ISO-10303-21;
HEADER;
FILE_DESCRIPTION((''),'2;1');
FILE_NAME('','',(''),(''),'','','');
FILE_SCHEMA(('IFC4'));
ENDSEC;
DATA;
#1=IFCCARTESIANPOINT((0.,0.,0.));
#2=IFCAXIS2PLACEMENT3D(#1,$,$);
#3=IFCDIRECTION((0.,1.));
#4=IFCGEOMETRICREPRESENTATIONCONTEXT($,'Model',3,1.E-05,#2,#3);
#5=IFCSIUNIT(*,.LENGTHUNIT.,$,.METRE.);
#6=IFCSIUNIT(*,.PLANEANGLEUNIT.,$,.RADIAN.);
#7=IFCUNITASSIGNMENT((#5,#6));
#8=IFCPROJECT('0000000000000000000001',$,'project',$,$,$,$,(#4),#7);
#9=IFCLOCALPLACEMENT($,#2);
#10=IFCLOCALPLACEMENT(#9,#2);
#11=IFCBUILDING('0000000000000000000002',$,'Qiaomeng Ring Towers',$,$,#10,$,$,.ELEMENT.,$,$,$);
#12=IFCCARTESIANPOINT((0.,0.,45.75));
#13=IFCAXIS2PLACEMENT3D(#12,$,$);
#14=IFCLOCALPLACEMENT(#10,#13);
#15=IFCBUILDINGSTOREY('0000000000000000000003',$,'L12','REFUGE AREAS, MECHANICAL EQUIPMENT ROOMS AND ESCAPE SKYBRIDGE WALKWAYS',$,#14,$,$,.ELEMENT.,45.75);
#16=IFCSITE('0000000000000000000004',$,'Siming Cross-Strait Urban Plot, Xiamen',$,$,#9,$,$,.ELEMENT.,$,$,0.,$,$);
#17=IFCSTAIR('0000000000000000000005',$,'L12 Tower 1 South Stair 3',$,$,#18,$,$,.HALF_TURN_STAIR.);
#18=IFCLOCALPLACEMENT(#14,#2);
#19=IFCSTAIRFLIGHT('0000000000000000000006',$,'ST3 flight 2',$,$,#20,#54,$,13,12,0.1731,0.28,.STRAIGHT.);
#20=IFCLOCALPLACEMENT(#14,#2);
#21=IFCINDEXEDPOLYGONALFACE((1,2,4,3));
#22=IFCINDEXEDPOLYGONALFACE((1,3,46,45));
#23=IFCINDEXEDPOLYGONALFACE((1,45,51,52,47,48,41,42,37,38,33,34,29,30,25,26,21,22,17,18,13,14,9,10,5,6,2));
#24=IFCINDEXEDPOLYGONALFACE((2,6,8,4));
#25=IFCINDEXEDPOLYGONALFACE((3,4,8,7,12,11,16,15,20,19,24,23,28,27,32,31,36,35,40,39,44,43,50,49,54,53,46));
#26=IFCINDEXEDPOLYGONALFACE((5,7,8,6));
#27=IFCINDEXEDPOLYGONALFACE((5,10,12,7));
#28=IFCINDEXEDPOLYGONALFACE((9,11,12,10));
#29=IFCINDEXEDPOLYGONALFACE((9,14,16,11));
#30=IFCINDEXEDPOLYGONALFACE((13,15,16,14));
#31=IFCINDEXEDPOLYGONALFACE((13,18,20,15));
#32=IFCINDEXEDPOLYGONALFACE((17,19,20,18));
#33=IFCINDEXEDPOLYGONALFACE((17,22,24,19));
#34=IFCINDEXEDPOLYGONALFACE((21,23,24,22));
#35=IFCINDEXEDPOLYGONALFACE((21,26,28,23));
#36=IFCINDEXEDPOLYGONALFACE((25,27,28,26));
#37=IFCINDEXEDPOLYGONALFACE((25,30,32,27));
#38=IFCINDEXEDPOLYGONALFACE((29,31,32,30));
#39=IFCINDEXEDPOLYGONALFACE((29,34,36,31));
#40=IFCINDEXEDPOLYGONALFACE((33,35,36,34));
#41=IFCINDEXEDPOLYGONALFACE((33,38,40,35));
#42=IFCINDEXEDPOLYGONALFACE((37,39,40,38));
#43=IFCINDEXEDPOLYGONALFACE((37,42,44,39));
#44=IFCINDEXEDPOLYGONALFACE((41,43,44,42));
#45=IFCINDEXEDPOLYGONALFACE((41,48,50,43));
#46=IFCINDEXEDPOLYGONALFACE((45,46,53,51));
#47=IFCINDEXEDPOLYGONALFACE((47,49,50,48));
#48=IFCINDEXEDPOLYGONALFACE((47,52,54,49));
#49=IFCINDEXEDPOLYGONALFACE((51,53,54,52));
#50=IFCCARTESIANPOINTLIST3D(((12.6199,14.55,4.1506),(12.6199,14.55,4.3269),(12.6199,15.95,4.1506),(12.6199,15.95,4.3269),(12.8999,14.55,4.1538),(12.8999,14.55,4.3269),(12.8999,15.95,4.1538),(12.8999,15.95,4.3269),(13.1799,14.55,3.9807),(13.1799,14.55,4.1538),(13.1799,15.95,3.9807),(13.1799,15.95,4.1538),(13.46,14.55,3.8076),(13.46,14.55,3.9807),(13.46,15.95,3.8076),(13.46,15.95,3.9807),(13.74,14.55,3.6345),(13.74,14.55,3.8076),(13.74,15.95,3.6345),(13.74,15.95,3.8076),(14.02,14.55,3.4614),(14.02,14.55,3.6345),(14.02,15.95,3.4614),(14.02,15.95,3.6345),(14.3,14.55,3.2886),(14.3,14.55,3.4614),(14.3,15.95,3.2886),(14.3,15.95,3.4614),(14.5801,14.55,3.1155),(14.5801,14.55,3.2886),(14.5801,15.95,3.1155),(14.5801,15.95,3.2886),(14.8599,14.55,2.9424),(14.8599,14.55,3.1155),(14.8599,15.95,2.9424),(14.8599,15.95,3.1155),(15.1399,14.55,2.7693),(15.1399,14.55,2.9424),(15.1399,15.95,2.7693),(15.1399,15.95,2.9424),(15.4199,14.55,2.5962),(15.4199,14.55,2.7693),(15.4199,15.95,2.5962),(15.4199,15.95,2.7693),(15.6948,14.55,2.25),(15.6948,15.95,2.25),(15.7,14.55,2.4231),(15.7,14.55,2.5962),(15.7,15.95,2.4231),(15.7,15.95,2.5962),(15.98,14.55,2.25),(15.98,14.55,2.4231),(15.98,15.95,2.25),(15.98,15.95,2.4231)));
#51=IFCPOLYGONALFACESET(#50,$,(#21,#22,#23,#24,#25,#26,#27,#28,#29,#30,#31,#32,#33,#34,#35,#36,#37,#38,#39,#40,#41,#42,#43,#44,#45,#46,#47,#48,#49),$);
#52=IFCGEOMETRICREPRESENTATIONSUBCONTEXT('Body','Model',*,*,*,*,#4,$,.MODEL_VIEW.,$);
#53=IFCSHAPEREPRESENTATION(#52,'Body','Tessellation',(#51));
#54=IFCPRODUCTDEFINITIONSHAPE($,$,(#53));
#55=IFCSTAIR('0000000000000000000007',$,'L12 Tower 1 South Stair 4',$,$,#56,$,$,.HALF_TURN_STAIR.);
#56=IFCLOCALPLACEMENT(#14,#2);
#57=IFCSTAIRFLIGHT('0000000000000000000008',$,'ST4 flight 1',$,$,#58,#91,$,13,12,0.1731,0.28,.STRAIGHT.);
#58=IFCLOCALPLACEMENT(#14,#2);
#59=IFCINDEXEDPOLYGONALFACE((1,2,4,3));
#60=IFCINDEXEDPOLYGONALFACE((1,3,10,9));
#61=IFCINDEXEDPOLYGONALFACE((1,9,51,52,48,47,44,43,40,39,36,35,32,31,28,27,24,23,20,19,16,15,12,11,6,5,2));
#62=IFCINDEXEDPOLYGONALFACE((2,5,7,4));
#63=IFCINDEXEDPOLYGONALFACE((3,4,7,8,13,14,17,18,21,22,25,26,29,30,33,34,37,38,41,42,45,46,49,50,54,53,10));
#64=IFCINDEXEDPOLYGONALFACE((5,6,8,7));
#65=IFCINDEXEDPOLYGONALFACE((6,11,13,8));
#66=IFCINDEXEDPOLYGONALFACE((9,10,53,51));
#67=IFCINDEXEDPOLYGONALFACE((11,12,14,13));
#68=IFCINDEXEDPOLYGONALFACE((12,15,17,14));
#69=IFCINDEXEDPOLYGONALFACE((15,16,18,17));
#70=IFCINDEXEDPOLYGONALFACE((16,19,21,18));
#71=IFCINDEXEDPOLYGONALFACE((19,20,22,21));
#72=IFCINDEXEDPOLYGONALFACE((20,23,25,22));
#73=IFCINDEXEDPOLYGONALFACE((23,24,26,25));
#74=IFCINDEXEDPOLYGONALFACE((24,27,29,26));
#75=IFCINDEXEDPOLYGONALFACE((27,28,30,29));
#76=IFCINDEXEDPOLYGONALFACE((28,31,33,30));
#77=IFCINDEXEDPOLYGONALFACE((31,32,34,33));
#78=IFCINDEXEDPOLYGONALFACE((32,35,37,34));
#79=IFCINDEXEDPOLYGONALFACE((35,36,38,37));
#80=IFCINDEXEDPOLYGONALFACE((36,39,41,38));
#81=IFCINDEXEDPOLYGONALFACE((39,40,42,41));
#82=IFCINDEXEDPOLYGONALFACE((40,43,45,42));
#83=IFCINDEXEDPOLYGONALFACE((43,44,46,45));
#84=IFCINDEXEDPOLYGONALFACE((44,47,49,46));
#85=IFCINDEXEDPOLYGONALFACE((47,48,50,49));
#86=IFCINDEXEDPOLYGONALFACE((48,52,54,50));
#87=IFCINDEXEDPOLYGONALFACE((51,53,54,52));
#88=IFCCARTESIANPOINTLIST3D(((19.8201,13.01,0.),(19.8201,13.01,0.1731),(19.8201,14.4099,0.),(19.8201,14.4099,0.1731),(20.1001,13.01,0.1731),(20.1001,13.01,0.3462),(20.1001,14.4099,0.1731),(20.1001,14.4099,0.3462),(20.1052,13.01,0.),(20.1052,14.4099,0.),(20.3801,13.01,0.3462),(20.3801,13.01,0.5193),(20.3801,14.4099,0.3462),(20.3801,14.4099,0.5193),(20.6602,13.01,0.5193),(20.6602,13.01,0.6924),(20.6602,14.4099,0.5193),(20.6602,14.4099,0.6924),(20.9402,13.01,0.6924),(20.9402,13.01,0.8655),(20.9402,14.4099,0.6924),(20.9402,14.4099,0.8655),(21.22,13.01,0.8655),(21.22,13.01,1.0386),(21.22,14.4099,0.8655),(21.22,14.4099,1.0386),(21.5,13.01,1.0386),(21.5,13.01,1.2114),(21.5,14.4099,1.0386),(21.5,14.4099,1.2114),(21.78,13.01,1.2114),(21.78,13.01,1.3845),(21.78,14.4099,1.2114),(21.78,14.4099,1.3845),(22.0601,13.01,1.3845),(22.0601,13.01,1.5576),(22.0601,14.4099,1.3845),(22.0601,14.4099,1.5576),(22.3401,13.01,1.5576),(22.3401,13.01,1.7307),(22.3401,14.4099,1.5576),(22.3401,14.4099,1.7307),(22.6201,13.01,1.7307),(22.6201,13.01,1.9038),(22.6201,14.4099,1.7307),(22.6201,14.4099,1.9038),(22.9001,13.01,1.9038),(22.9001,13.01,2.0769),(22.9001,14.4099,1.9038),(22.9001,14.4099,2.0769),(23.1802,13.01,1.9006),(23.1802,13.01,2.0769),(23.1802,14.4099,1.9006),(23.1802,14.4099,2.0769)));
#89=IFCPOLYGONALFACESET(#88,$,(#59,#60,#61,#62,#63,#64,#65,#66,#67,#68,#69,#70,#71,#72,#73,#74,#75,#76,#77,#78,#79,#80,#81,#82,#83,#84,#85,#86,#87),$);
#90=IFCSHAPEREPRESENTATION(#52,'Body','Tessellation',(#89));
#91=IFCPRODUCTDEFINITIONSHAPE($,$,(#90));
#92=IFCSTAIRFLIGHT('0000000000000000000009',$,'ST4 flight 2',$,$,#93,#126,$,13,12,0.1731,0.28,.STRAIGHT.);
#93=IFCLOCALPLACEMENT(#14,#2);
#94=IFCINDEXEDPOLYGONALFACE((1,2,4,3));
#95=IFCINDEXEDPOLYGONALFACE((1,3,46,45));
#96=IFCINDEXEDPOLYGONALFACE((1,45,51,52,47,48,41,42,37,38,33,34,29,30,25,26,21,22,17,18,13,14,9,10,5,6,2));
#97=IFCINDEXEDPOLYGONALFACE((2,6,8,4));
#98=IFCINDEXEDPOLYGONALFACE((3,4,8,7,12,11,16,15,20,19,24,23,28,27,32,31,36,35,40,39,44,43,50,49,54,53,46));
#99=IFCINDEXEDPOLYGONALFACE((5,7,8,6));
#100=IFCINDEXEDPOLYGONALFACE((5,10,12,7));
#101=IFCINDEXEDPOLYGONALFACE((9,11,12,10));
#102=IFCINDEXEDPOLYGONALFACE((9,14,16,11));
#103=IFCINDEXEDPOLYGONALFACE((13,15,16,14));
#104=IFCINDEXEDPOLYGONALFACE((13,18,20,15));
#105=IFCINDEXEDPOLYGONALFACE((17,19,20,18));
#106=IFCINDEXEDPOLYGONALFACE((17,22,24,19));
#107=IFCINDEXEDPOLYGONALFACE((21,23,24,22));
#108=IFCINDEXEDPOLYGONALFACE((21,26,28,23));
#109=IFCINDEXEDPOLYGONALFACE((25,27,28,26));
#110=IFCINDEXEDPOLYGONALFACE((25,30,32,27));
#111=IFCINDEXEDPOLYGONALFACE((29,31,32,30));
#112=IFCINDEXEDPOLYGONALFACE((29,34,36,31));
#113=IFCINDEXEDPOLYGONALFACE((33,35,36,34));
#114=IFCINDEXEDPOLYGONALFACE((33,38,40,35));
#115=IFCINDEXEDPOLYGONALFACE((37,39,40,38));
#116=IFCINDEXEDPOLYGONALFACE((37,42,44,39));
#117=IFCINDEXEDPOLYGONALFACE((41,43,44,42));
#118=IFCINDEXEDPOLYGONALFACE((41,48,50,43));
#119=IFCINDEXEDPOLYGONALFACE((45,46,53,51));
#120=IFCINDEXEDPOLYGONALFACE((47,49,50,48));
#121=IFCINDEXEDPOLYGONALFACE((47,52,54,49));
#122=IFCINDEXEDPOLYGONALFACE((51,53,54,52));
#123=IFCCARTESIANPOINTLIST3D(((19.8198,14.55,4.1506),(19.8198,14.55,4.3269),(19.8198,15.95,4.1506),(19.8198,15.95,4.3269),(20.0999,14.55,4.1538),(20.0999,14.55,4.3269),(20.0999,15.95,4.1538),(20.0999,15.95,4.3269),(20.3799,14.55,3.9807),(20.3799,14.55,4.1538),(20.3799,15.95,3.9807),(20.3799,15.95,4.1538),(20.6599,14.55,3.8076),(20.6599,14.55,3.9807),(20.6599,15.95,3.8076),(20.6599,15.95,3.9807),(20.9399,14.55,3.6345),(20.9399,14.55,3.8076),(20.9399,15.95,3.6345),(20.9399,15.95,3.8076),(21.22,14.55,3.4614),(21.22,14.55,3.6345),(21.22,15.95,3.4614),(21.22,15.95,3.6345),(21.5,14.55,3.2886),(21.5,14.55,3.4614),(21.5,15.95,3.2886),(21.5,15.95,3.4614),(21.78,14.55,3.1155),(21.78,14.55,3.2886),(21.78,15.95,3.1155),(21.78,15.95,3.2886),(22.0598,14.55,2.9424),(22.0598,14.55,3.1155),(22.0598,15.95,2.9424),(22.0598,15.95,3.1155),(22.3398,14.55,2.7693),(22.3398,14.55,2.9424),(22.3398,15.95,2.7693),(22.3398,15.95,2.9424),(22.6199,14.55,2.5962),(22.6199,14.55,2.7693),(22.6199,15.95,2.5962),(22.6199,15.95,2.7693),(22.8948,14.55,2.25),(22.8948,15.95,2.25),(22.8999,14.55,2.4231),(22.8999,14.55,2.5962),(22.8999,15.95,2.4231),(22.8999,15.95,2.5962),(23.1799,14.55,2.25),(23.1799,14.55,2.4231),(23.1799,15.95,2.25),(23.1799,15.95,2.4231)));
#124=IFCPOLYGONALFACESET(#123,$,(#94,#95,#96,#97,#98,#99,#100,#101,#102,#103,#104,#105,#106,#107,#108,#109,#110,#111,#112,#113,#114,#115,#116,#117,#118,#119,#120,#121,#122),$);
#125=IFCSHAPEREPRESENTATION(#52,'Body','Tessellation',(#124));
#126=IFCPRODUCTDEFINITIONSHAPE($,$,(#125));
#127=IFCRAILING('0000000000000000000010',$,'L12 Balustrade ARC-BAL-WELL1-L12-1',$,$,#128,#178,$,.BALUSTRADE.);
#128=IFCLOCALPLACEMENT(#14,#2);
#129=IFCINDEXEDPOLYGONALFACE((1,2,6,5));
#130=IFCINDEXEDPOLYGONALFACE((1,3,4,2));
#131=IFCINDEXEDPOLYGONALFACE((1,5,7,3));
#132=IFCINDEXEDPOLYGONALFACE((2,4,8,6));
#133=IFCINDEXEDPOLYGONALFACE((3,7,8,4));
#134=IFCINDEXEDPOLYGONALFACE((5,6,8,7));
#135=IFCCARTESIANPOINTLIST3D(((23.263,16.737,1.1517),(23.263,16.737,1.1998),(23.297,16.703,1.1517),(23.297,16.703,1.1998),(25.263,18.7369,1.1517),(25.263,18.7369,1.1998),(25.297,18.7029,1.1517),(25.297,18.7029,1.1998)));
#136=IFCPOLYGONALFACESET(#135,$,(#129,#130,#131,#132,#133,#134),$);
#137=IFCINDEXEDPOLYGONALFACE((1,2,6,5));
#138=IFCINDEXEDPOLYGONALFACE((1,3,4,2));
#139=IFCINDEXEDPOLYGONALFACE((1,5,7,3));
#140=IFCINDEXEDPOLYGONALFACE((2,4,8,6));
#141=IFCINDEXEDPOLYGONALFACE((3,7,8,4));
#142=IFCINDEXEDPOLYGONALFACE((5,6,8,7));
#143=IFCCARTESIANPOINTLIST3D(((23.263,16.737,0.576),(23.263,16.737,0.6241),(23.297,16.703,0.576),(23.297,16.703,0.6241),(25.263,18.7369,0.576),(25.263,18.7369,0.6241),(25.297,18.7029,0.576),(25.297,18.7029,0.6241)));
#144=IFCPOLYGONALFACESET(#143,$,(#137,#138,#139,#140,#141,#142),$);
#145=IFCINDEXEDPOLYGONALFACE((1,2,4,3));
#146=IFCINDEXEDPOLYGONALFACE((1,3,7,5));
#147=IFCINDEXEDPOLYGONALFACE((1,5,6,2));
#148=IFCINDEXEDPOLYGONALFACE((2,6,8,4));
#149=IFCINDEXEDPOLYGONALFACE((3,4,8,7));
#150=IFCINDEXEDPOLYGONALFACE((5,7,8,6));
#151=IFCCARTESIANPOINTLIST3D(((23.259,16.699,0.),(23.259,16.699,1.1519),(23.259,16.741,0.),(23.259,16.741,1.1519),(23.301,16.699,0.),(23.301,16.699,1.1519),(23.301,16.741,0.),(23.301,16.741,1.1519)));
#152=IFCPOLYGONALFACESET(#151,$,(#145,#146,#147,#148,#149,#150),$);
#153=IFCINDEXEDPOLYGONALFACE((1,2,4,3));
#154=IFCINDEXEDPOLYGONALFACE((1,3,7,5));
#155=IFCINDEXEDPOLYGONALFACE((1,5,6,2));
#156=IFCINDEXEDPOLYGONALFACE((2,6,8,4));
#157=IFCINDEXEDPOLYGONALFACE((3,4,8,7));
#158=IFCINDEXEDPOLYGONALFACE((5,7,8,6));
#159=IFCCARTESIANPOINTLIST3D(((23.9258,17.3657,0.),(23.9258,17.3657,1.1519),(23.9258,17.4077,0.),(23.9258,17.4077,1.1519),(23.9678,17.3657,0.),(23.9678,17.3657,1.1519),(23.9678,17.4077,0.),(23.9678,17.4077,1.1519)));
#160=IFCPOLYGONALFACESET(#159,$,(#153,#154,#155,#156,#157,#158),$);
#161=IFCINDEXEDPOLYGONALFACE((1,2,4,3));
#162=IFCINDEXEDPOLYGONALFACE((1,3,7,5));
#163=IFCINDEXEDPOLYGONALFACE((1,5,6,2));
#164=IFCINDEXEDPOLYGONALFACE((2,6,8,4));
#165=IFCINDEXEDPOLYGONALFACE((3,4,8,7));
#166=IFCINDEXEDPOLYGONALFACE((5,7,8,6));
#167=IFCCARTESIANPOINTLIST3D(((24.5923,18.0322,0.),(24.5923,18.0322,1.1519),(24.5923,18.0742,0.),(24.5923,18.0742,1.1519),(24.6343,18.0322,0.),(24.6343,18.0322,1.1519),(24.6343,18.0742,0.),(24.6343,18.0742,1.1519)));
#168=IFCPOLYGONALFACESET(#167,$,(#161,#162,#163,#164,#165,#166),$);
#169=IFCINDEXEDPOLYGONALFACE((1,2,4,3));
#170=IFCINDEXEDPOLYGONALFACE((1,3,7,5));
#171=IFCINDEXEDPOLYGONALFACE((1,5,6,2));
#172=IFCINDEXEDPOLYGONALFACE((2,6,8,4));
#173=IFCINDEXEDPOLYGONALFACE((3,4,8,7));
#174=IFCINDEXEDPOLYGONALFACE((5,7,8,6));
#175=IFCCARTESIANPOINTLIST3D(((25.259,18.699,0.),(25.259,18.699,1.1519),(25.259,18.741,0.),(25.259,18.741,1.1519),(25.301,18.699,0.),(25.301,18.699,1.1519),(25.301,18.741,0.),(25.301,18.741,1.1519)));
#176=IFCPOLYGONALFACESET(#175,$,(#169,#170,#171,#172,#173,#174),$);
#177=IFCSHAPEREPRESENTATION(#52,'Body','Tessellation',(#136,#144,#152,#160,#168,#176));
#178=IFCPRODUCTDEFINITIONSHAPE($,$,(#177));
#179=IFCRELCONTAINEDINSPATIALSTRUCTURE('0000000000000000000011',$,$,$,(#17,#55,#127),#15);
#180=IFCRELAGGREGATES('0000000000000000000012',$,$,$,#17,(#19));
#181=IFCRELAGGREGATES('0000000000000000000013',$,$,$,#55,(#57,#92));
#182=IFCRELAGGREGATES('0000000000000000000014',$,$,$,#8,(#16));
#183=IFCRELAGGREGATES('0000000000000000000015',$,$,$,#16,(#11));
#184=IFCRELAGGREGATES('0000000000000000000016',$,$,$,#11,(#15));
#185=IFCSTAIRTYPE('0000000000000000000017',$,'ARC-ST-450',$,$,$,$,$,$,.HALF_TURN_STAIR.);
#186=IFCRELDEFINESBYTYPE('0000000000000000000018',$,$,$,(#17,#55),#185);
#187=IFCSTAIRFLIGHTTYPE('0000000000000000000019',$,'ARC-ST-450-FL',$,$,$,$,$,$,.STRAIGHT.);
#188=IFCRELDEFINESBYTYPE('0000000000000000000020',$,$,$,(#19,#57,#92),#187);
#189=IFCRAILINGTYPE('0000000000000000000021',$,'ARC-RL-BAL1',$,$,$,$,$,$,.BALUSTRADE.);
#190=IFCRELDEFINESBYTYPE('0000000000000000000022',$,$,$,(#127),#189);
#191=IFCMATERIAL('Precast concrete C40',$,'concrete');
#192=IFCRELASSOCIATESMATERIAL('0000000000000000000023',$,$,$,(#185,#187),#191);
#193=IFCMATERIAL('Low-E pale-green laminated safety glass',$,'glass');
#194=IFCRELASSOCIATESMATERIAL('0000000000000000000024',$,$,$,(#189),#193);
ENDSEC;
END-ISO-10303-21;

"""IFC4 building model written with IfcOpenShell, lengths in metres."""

from ifc_helpers import new_model, si_unit, direction, frame, origin, origin_2d, place, context, subcontext, project, spatial, polyline, rectangle, outline, extrude, source, transform, mapped, material, type_object, element, aggregate, save


model = new_model("IFC4")

# Units and contexts
model_context = context("Model", 3, precision=1e-05, world=origin(), true_north=direction((0.0, 1.0)))
body_context = subcontext(model_context, "Body", "Model", "MODEL_VIEW")
ifc_project = project(units=[si_unit("LENGTHUNIT", "METRE"), si_unit("PLANEANGLEUNIT", "RADIAN")], contexts=[model_context])

# Site, building, storey
site_placement = place(None, origin())
site = spatial("IfcSite", under=ifc_project, at=site_placement, Name="Siming Cross-Strait Urban Plot, Xiamen", CompositionType="ELEMENT", RefElevation=0.0)
building_placement = place(site_placement, origin())
building = spatial("IfcBuilding", under=site, at=building_placement, Name="Qiaomeng Ring Towers", CompositionType="ELEMENT")
storey_placement = place(building_placement, frame((0.0, 0.0, 45.75)))
storey = spatial("IfcBuildingStorey", under=building, at=storey_placement, Name="L12", Description="REFUGE AREAS, MECHANICAL EQUIPMENT ROOMS AND ESCAPE SKYBRIDGE WALKWAYS", CompositionType="ELEMENT", Elevation=45.75)

# Stair, stair flight
ifc_material_1 = material(Name="Precast concrete C40", Category="concrete")
stair_type = type_object("IfcStairType", Name="ARC-ST-450", PredefinedType="HALF_TURN_STAIR", material=ifc_material_1)
stair_1_placement = place(storey_placement, origin())
stair_1 = element("IfcStair", 1, at=stair_1_placement, inside=storey, type_object=stair_type, Name="L12 Tower 1 South Stair 3", PredefinedType="HALF_TURN_STAIR")
stair_flight_type = type_object("IfcStairFlightType", Name="ARC-ST-450-FL", PredefinedType="STRAIGHT", material=ifc_material_1)
shared_shape_1 = source(origin(), body_context, "Body", "SweptSolid", [
    extrude(outline(polyline([(0.0, 0.0), (0.0, 0.1731), (0.28, 0.1731), (0.28, 0.3462), (0.5601, 0.3462), (0.5601, 0.5193), (0.8401, 0.5193), (0.8401, 0.6924), (1.1201, 0.6924), (1.1201, 0.8655), (1.3999, 0.8655), (1.3999, 1.0386), (1.6799, 1.0386), (1.6799, 1.2114), (1.96, 1.2114), (1.96, 1.3845), (2.24, 1.3845), (2.24, 1.5576), (2.52, 1.5576), (2.52, 1.7307), (2.8, 1.7307), (2.8, 1.9038), (3.0801, 1.9038), (3.0801, 2.0769), (3.3601, 2.0769), (3.3601, 2.25), (3.3601, 1.9006), (0.2852, 0.0), (0.0, 0.0)])), frame((0.0, 0.7, 0.0), z_axis=(0.0, -1.0, 0.0), x_axis=(1.0, 0.0, 0.0)), (0.0, 0.0, 1.0), 1.3999),
])
stair_flight_1_placement = place(storey_placement, frame((15.98, 15.25, 2.25), z_axis=(0.0, 0.0, 1.0), x_axis=(-1.0, 0.0, 0.0)))
stair_flight_1 = element("IfcStairFlight", 2, at=stair_flight_1_placement, type_object=stair_flight_type, Name="ST3 flight 2", NumberOfRisers=13, NumberOfTreads=12, PredefinedType="STRAIGHT", RiserHeight=0.1731, TreadLength=0.28, context=body_context, shape_type="MappedRepresentation", body=[
    mapped(shared_shape_1, transform((0.0, 0.0, 0.0), x_axis=(1.0, 0.0, 0.0), y_axis=(0.0, 1.0, 0.0), z_axis=(0.0, 0.0, 1.0), scale=1.0)),
])
aggregate(stair_1, [stair_flight_1])

# Stair, stair flights
stair_2_placement = place(storey_placement, origin())
stair_2 = element("IfcStair", 3, at=stair_2_placement, inside=storey, type_object=stair_type, Name="L12 Tower 1 South Stair 4", PredefinedType="HALF_TURN_STAIR")
stair_flight_2_placement = place(storey_placement, frame((19.8201, 13.71, 0.0), z_axis=(0.0, 0.0, 1.0), x_axis=(1.0, 0.0, 0.0)))
stair_flight_2 = element("IfcStairFlight", 4, at=stair_flight_2_placement, type_object=stair_flight_type, Name="ST4 flight 1", NumberOfRisers=13, NumberOfTreads=12, PredefinedType="STRAIGHT", RiserHeight=0.1731, TreadLength=0.28, context=body_context, shape_type="MappedRepresentation", body=[
    mapped(shared_shape_1, transform((0.0, 0.0, 0.0), x_axis=(1.0, 0.0, 0.0), y_axis=(0.0, 1.0, 0.0), z_axis=(0.0, 0.0, 1.0), scale=1.0)),
])
stair_flight_3_placement = place(storey_placement, frame((23.1799, 15.25, 2.25), z_axis=(0.0, 0.0, 1.0), x_axis=(-1.0, 0.0, 0.0)))
stair_flight_3 = element("IfcStairFlight", 5, at=stair_flight_3_placement, type_object=stair_flight_type, Name="ST4 flight 2", NumberOfRisers=13, NumberOfTreads=12, PredefinedType="STRAIGHT", RiserHeight=0.1731, TreadLength=0.28, context=body_context, shape_type="MappedRepresentation", body=[
    mapped(shared_shape_1, transform((0.0, 0.0, 0.0), x_axis=(1.0, 0.0, 0.0), y_axis=(0.0, 1.0, 0.0), z_axis=(0.0, 0.0, 1.0), scale=1.0)),
])
aggregate(stair_2, [stair_flight_2, stair_flight_3])

# Railing
ifc_material_2 = material(Name="Low-E pale-green laminated safety glass", Category="glass")
railing_type_1 = type_object("IfcRailingType", Name="ARC-RL-BAL1", PredefinedType="BALUSTRADE", material=ifc_material_2)
railing_1_placement = place(storey_placement, frame((23.28, 16.72, 0.0)))
element("IfcRailing", 6, at=railing_1_placement, inside=storey, type_object=railing_type_1, Name="L12 Balustrade ARC-BAL-WELL1-L12-1", PredefinedType="BALUSTRADE", context=body_context, shape_type="SweptSolid", body=[
    extrude(rectangle(XDim=0.0481, YDim=0.0481, at=origin_2d()), frame((0.0, 0.0, 1.1758), z_axis=(0.707107, 0.707107, 0.0), x_axis=(-0.707107, 0.707107, 0.0)), (0.0, 0.0, 1.0), 2.8284),
    extrude(rectangle(XDim=0.0481, YDim=0.0481, at=origin_2d()), frame((0.0, 0.0, 0.6001), z_axis=(0.707107, 0.707107, 0.0), x_axis=(-0.707107, 0.707107, 0.0)), (0.0, 0.0, 1.0), 2.8284),
    extrude(rectangle(XDim=0.042, YDim=0.042, at=origin_2d()), origin(), (0.0, 0.0, 1.0), 1.1519),
    extrude(rectangle(XDim=0.042, YDim=0.042, at=origin_2d()), frame((0.6667, 0.6667, 0.0)), (0.0, 0.0, 1.0), 1.1519),
    extrude(rectangle(XDim=0.042, YDim=0.042, at=origin_2d()), frame((1.3333, 1.3333, 0.0)), (0.0, 0.0, 1.0), 1.1519),
    extrude(rectangle(XDim=0.042, YDim=0.042, at=origin_2d()), frame((2.0, 2.0, 0.0)), (0.0, 0.0, 1.0), 1.1519),
])

save(model, "model.ifc")
